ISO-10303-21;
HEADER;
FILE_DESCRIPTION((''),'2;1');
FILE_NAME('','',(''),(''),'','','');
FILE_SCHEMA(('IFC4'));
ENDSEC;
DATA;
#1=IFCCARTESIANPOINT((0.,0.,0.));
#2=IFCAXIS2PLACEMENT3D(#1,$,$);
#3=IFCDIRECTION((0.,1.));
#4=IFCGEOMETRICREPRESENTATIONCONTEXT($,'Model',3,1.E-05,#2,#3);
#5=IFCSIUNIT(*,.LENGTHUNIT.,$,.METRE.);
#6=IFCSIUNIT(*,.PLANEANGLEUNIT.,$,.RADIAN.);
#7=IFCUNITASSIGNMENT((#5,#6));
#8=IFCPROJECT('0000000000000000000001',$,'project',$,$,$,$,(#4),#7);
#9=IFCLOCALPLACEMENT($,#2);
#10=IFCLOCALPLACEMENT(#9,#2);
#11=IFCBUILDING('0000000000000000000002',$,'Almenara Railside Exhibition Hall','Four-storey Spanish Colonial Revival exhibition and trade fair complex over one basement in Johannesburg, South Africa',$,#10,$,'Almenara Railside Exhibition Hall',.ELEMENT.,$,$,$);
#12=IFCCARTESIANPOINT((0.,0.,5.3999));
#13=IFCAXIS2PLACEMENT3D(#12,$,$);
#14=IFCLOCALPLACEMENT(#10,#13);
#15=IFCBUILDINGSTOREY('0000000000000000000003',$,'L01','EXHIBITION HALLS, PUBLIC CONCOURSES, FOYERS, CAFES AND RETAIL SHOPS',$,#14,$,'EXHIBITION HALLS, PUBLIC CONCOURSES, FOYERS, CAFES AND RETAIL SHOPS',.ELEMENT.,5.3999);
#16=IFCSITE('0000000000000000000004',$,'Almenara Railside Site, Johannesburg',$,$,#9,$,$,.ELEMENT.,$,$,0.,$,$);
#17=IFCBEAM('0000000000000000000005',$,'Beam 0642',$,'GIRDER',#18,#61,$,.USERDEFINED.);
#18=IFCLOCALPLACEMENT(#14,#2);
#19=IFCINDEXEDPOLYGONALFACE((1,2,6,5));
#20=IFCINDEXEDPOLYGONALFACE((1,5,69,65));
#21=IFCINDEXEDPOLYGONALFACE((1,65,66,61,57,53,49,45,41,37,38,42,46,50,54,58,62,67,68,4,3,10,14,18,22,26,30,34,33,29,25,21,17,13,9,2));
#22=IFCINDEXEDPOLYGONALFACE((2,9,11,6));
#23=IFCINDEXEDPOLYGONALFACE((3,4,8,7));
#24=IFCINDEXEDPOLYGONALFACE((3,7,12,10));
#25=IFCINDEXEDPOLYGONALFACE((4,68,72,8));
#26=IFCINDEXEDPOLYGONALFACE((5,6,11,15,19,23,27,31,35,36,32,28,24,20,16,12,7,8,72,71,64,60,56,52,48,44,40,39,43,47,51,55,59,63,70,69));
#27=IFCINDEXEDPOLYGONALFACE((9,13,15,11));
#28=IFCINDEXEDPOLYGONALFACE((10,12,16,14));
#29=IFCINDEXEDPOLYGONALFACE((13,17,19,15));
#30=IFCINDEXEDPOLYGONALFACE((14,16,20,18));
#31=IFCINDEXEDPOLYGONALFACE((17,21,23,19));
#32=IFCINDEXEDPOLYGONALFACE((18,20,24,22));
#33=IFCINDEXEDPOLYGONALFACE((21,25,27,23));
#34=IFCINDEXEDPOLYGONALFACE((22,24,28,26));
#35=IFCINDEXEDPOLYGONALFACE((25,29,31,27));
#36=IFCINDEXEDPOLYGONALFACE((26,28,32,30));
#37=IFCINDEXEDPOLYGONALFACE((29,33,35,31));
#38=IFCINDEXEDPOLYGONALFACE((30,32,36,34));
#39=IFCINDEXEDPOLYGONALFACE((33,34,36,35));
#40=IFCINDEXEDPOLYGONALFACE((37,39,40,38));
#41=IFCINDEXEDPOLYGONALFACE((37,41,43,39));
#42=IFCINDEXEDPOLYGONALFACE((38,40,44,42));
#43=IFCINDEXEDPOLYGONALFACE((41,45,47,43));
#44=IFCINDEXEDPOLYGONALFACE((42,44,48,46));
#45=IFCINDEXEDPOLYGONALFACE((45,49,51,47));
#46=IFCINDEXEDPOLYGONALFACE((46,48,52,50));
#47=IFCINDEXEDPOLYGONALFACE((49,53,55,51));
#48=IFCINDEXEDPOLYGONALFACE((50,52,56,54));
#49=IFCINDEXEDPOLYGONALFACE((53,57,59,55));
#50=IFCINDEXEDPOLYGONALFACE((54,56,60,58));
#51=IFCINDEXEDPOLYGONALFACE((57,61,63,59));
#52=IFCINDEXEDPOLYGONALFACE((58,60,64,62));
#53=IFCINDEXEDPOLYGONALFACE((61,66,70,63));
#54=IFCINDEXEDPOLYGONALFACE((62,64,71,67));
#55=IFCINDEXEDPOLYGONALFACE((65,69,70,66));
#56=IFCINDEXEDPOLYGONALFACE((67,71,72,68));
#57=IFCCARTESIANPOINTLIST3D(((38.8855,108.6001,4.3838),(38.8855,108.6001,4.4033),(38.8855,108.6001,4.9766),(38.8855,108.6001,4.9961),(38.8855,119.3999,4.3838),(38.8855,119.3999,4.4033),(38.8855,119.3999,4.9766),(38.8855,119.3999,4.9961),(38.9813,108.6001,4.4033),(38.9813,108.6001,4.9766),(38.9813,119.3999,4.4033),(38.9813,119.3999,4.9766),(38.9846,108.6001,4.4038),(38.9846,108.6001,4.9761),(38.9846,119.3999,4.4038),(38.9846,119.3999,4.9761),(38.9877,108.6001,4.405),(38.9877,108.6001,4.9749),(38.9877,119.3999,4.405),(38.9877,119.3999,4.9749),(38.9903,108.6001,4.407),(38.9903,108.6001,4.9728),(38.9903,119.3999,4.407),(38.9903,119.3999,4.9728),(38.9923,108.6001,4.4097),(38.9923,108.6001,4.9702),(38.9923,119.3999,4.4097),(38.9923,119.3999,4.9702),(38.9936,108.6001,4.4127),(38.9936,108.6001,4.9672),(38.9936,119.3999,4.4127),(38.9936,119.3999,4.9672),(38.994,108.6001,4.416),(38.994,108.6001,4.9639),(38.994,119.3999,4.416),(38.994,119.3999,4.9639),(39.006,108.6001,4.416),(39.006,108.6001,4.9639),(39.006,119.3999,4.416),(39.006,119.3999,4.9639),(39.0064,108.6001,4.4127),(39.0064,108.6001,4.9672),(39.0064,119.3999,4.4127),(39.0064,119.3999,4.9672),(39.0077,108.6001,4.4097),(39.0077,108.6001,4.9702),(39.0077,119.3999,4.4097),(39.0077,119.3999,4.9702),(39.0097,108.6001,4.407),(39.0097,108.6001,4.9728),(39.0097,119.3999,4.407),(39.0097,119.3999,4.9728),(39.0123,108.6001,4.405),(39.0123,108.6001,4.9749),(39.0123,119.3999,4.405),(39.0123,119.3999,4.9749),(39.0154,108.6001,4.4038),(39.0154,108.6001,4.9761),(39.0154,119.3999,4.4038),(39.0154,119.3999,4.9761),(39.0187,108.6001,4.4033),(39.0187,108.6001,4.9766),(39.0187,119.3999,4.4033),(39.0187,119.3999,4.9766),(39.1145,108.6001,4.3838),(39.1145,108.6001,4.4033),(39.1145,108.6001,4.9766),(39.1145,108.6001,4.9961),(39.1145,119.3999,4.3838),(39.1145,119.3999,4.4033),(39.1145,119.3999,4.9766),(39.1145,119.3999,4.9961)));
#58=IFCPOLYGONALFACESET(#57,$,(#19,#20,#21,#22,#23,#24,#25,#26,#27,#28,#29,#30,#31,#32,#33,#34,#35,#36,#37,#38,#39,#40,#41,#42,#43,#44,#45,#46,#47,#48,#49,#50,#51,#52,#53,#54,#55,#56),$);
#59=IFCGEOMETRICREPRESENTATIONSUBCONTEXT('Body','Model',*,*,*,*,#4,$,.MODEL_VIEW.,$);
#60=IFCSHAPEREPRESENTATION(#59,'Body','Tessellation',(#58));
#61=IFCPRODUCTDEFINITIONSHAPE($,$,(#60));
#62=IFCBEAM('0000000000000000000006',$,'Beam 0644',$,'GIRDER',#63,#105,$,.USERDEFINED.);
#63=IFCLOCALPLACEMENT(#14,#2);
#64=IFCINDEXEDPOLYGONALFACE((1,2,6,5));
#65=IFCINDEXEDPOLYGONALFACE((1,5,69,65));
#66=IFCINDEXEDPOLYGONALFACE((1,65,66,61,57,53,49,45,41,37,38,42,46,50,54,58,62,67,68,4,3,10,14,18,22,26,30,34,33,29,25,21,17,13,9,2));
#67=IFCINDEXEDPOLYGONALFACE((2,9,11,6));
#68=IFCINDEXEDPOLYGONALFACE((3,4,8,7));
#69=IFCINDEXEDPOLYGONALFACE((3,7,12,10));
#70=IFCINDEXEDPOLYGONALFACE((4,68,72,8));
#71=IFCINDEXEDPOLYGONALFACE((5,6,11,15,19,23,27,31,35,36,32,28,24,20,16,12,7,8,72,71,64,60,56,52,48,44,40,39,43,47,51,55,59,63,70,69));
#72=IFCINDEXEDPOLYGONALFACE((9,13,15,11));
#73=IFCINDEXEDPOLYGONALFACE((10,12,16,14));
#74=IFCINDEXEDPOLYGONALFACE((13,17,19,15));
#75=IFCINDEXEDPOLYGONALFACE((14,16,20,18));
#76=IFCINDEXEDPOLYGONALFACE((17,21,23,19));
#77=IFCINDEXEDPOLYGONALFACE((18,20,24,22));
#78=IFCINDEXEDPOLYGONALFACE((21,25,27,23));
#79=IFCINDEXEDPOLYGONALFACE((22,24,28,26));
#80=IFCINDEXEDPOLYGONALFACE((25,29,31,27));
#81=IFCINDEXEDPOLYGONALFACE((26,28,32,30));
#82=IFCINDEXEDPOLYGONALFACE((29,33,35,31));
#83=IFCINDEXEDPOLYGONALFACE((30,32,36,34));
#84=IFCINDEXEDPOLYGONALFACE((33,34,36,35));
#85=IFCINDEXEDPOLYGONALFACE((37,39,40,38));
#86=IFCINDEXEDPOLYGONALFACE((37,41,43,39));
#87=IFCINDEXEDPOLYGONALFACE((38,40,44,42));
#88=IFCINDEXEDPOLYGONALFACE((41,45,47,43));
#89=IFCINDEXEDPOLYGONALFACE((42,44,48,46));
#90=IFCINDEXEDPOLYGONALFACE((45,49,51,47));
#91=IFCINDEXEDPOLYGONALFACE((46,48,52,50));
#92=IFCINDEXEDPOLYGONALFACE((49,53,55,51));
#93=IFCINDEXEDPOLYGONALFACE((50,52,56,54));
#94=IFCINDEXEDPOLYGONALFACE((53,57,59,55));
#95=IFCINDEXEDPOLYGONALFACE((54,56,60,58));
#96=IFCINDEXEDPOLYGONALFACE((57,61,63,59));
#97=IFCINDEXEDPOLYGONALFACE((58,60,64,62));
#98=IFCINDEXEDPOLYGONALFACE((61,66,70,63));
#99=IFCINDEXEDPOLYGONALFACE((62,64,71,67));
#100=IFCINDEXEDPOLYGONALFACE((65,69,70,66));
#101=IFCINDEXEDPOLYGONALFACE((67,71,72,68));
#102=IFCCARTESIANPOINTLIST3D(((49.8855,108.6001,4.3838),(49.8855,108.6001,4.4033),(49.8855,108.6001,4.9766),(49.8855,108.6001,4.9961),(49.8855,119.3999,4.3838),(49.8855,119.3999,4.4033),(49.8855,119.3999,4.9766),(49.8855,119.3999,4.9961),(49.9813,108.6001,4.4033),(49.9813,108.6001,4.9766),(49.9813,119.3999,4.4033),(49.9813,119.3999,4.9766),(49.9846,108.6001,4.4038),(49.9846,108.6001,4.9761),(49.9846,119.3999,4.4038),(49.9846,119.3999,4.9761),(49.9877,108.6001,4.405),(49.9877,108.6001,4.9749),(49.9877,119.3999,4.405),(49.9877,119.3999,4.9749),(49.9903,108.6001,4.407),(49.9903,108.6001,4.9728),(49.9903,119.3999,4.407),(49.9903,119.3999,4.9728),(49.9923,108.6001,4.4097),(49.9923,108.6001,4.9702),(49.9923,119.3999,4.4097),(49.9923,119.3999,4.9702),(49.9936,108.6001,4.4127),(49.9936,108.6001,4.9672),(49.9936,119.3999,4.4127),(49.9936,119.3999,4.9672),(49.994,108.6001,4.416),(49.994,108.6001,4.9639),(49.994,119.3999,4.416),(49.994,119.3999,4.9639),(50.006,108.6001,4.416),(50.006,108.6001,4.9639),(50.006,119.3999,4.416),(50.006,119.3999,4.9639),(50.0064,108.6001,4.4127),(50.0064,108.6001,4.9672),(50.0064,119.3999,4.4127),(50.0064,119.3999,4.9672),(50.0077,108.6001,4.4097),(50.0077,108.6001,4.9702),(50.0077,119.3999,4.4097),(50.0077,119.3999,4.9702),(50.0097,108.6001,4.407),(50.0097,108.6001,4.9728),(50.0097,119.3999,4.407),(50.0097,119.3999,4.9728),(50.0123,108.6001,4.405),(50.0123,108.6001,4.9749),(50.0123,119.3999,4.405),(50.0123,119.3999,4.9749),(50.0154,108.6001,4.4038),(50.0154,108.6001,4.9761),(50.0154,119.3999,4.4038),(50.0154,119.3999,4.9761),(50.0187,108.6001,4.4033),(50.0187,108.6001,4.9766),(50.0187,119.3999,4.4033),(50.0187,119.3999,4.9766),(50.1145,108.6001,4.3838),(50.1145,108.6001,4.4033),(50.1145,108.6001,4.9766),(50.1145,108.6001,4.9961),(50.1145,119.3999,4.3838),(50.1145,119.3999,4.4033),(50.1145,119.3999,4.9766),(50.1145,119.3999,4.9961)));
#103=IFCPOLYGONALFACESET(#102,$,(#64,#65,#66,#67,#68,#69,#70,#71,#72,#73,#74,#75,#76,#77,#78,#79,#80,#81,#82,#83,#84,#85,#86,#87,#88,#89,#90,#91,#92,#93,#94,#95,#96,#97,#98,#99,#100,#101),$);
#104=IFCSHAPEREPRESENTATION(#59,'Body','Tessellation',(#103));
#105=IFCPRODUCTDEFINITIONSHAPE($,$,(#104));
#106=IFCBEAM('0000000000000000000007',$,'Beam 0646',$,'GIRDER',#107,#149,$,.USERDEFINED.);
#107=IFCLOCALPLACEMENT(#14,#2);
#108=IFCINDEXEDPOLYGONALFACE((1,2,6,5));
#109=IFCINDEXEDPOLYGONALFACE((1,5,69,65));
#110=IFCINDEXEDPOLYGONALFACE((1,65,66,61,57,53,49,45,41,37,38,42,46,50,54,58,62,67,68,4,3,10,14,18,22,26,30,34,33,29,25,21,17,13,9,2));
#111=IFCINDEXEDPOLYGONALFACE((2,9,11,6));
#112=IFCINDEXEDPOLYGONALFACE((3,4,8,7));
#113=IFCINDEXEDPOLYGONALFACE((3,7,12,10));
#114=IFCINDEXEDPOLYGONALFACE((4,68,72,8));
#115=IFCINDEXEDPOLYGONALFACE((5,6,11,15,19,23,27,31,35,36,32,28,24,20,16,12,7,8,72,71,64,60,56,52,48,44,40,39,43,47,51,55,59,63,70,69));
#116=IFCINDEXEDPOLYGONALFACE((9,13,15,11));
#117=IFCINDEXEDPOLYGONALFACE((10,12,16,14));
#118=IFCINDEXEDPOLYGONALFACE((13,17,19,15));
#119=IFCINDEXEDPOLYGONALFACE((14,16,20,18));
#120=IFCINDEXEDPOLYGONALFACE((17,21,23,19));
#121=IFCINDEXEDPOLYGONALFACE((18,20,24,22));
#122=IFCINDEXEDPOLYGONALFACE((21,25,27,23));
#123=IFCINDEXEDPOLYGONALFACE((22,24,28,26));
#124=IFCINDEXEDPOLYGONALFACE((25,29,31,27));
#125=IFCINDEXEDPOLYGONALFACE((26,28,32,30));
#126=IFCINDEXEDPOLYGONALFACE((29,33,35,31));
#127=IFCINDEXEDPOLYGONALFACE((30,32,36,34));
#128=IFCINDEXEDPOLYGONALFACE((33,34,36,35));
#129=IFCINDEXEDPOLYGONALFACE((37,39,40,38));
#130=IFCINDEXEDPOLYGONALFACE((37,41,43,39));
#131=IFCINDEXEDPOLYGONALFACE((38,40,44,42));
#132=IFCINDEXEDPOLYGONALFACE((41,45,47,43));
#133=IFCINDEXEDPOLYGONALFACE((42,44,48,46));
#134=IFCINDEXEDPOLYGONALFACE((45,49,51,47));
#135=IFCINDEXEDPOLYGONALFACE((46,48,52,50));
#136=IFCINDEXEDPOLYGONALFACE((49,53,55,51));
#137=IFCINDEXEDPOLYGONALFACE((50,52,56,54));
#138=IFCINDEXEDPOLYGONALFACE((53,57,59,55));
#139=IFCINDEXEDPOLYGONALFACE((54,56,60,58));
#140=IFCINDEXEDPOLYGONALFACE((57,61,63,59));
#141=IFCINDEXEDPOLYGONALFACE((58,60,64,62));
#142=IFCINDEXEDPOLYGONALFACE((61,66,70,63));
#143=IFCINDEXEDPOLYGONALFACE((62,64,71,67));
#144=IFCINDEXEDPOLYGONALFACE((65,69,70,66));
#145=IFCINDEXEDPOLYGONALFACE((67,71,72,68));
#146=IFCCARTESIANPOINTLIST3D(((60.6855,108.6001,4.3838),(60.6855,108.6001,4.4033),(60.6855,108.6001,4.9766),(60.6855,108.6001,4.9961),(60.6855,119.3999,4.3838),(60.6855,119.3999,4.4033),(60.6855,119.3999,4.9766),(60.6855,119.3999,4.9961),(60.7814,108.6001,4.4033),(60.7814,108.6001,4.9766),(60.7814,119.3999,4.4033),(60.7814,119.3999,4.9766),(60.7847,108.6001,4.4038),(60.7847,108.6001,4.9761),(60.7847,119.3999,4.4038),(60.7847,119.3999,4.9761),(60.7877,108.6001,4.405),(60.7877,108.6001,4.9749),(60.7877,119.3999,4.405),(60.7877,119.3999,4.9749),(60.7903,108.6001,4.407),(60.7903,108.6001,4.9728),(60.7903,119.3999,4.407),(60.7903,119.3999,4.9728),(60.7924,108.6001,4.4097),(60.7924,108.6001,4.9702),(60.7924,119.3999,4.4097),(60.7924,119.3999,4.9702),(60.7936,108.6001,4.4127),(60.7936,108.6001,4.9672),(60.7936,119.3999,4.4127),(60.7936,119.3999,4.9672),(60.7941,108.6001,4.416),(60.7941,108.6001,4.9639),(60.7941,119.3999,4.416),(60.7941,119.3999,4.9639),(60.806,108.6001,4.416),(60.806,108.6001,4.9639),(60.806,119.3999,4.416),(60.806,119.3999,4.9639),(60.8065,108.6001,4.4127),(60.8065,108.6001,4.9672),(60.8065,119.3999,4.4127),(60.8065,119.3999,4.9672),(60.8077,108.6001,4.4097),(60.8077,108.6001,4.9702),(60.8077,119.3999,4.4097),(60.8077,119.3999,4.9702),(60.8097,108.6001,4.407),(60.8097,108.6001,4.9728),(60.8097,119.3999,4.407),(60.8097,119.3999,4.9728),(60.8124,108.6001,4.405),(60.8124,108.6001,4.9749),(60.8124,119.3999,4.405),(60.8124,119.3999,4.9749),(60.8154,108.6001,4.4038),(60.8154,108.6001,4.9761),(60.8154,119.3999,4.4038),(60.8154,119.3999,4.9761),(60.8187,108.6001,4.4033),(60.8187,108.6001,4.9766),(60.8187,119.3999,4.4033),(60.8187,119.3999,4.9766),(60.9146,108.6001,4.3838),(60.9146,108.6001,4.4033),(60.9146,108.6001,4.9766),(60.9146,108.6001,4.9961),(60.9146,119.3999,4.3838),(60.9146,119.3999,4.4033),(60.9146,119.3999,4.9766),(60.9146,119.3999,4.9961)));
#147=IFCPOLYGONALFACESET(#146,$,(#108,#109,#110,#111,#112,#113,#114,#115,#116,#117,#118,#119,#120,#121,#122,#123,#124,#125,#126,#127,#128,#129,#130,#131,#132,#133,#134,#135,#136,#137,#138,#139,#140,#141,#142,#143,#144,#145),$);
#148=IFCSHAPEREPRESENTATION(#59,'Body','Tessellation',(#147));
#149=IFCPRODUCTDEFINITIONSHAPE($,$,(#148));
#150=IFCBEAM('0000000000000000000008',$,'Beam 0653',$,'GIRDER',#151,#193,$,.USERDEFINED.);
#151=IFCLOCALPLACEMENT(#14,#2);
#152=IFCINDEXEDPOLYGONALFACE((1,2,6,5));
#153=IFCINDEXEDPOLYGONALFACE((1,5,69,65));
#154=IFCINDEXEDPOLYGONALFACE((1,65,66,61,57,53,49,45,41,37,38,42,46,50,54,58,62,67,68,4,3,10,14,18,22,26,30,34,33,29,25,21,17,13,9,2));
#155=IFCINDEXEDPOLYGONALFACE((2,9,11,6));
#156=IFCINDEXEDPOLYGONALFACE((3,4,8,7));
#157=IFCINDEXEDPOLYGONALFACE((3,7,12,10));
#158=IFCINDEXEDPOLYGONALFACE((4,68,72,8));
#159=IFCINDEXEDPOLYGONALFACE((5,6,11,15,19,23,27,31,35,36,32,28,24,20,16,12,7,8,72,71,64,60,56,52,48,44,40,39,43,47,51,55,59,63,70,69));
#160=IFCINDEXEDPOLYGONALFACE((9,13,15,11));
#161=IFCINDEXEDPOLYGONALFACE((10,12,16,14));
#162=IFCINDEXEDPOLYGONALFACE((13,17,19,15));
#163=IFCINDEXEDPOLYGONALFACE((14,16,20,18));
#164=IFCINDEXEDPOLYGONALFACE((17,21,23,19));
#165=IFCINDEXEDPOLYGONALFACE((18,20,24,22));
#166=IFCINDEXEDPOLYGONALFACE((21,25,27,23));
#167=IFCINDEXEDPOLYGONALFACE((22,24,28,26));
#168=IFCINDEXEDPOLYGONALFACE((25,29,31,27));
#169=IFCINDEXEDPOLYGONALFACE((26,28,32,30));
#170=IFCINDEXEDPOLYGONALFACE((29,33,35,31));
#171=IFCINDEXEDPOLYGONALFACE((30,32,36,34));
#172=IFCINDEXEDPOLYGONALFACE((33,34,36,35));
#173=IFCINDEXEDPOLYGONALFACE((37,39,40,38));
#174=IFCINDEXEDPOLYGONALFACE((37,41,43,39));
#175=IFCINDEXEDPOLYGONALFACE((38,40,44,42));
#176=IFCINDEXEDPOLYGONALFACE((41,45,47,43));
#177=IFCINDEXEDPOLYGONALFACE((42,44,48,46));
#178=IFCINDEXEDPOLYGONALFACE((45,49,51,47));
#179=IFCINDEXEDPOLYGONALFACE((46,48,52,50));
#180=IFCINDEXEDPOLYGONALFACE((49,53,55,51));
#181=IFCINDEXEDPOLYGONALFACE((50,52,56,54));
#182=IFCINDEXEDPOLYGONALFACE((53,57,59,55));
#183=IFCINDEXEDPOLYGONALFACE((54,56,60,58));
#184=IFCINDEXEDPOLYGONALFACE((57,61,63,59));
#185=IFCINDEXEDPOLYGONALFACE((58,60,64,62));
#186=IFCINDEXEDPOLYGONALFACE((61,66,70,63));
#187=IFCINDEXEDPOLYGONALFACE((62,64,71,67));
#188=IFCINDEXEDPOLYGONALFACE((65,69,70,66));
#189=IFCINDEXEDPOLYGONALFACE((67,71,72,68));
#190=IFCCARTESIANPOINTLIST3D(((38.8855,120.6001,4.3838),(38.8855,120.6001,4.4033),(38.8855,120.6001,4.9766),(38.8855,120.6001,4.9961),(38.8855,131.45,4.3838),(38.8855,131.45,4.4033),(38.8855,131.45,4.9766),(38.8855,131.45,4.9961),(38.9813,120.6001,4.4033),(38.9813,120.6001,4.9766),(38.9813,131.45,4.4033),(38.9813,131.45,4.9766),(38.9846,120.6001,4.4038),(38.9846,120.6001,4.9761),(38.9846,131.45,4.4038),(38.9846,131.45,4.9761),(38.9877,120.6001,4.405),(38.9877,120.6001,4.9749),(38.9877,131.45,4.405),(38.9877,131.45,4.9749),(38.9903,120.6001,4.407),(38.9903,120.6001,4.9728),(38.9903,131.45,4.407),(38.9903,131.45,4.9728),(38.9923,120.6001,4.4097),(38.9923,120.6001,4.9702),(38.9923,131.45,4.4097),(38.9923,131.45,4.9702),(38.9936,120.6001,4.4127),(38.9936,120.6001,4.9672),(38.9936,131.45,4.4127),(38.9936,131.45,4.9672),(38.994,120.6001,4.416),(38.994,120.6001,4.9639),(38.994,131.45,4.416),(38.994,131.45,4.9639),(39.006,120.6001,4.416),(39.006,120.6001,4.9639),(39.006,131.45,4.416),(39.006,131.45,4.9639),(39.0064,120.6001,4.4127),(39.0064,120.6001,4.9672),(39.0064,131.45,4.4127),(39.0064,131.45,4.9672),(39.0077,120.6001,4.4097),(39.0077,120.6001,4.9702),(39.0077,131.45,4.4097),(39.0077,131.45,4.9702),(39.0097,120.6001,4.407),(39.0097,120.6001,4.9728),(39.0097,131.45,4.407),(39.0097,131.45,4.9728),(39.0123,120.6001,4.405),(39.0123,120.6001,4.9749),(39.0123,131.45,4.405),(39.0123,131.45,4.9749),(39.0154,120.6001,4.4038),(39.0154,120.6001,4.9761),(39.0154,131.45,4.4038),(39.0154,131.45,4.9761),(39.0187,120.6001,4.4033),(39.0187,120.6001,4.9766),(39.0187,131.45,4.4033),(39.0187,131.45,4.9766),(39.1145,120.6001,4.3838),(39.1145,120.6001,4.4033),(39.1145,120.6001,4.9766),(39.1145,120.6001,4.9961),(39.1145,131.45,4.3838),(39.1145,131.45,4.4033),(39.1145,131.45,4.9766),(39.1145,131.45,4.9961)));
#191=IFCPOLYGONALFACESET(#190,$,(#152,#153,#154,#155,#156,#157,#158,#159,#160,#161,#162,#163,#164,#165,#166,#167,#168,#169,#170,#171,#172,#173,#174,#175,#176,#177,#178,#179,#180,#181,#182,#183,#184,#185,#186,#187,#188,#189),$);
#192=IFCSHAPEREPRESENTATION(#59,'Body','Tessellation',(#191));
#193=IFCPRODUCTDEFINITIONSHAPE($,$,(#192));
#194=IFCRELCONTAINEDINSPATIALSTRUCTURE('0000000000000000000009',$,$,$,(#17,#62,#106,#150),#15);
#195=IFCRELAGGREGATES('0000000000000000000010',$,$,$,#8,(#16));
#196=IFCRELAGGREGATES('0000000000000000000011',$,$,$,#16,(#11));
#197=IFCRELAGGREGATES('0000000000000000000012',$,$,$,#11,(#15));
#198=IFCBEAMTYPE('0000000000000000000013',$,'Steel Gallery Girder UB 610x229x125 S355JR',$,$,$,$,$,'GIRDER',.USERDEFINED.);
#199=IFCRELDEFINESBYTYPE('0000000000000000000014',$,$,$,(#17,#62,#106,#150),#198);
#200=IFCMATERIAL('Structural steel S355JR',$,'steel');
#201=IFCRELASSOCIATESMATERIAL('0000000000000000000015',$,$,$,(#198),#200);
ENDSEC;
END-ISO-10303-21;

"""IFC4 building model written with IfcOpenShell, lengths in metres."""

from ifc_helpers import new_model, si_unit, direction, frame, origin, origin_2d, place, context, subcontext, project, spatial, i_section, extrude, material, material_profile, profile_set, type_object, element, save


model = new_model("IFC4")

# Units and contexts
model_context = context("Model", 3, precision=1e-05, world=origin(), true_north=direction((0.0, 1.0)))
body_context = subcontext(model_context, "Body", "Model", "MODEL_VIEW")
ifc_project = project(units=[si_unit("LENGTHUNIT", "METRE"), si_unit("PLANEANGLEUNIT", "RADIAN")], contexts=[model_context])

# Site, building, storey
site_placement = place(None, origin())
site = spatial("IfcSite", under=ifc_project, at=site_placement, Name="Almenara Railside Site, Johannesburg", CompositionType="ELEMENT", RefElevation=0.0)
building_placement = place(site_placement, origin())
building = spatial("IfcBuilding", under=site, at=building_placement, Name="Almenara Railside Exhibition Hall", Description="Four-storey Spanish Colonial Revival exhibition and trade fair complex over one basement in Johannesburg, South Africa", LongName="Almenara Railside Exhibition Hall", CompositionType="ELEMENT")
storey_placement = place(building_placement, frame((0.0, 0.0, 5.3999)))
storey = spatial("IfcBuildingStorey", under=building, at=storey_placement, Name="L01", Description="EXHIBITION HALLS, PUBLIC CONCOURSES, FOYERS, CAFES AND RETAIL SHOPS", LongName="EXHIBITION HALLS, PUBLIC CONCOURSES, FOYERS, CAFES AND RETAIL SHOPS", CompositionType="ELEMENT", Elevation=5.3999)

# Beams
ifc_material_1 = material(Name="Structural steel S355JR", Category="steel")
ifc_material_profile_1 = material_profile(ifc_material_1, i_section(OverallWidth=0.229, OverallDepth=0.6123, WebThickness=0.012, FlangeThickness=0.0195, FilletRadius=0.0127, at=origin_2d()), Name="UB 610x229x125")
ifc_profile_set_1 = profile_set([ifc_material_profile_1], Name="Structural steel S355JR")
beam_type_1 = type_object("IfcBeamType", Name="Steel Gallery Girder UB 610x229x125 S355JR", ElementType="GIRDER", PredefinedType="USERDEFINED", material=ifc_profile_set_1)
for number, where, z_axis, x_axis, name in (
    (1, (39.0, 108.6001, 4.6899), (0.0, 1.0, 0.0), (-1.0, 0.0, 0.0), "Beam 0642"),
    (2, (50.0, 108.6001, 4.6899), (0.0, 1.0, 0.0), (-1.0, 0.0, 0.0), "Beam 0644"),
    (3, (60.8, 108.6001, 4.6899), (0.0, 1.0, 0.0), (-1.0, 0.0, 0.0), "Beam 0646"),
):
    element("IfcBeam", number, at=place(storey_placement, frame(where, z_axis=z_axis, x_axis=x_axis)), inside=storey, type_object=beam_type_1, Name=name, ObjectType="GIRDER", PredefinedType="USERDEFINED", context=body_context, shape_type="SweptSolid", body=[
        extrude(i_section(OverallWidth=0.229, OverallDepth=0.6123, WebThickness=0.012, FlangeThickness=0.0195, FilletRadius=0.0127, at=origin_2d()), origin(), (0.0, 0.0, 1.0), 10.7998),
    ])
for number, where, z_axis, x_axis, name in (
    (4, (39.0, 120.6001, 4.6899), (0.0, 1.0, 0.0), (-1.0, 0.0, 0.0), "Beam 0653"),
):
    element("IfcBeam", number, at=place(storey_placement, frame(where, z_axis=z_axis, x_axis=x_axis)), inside=storey, type_object=beam_type_1, Name=name, ObjectType="GIRDER", PredefinedType="USERDEFINED", context=body_context, shape_type="SweptSolid", body=[
        extrude(i_section(OverallWidth=0.229, OverallDepth=0.6123, WebThickness=0.012, FlangeThickness=0.0195, FilletRadius=0.0127, at=origin_2d()), origin(), (0.0, 0.0, 1.0), 10.8499),
    ])

save(model, "model.ifc")
